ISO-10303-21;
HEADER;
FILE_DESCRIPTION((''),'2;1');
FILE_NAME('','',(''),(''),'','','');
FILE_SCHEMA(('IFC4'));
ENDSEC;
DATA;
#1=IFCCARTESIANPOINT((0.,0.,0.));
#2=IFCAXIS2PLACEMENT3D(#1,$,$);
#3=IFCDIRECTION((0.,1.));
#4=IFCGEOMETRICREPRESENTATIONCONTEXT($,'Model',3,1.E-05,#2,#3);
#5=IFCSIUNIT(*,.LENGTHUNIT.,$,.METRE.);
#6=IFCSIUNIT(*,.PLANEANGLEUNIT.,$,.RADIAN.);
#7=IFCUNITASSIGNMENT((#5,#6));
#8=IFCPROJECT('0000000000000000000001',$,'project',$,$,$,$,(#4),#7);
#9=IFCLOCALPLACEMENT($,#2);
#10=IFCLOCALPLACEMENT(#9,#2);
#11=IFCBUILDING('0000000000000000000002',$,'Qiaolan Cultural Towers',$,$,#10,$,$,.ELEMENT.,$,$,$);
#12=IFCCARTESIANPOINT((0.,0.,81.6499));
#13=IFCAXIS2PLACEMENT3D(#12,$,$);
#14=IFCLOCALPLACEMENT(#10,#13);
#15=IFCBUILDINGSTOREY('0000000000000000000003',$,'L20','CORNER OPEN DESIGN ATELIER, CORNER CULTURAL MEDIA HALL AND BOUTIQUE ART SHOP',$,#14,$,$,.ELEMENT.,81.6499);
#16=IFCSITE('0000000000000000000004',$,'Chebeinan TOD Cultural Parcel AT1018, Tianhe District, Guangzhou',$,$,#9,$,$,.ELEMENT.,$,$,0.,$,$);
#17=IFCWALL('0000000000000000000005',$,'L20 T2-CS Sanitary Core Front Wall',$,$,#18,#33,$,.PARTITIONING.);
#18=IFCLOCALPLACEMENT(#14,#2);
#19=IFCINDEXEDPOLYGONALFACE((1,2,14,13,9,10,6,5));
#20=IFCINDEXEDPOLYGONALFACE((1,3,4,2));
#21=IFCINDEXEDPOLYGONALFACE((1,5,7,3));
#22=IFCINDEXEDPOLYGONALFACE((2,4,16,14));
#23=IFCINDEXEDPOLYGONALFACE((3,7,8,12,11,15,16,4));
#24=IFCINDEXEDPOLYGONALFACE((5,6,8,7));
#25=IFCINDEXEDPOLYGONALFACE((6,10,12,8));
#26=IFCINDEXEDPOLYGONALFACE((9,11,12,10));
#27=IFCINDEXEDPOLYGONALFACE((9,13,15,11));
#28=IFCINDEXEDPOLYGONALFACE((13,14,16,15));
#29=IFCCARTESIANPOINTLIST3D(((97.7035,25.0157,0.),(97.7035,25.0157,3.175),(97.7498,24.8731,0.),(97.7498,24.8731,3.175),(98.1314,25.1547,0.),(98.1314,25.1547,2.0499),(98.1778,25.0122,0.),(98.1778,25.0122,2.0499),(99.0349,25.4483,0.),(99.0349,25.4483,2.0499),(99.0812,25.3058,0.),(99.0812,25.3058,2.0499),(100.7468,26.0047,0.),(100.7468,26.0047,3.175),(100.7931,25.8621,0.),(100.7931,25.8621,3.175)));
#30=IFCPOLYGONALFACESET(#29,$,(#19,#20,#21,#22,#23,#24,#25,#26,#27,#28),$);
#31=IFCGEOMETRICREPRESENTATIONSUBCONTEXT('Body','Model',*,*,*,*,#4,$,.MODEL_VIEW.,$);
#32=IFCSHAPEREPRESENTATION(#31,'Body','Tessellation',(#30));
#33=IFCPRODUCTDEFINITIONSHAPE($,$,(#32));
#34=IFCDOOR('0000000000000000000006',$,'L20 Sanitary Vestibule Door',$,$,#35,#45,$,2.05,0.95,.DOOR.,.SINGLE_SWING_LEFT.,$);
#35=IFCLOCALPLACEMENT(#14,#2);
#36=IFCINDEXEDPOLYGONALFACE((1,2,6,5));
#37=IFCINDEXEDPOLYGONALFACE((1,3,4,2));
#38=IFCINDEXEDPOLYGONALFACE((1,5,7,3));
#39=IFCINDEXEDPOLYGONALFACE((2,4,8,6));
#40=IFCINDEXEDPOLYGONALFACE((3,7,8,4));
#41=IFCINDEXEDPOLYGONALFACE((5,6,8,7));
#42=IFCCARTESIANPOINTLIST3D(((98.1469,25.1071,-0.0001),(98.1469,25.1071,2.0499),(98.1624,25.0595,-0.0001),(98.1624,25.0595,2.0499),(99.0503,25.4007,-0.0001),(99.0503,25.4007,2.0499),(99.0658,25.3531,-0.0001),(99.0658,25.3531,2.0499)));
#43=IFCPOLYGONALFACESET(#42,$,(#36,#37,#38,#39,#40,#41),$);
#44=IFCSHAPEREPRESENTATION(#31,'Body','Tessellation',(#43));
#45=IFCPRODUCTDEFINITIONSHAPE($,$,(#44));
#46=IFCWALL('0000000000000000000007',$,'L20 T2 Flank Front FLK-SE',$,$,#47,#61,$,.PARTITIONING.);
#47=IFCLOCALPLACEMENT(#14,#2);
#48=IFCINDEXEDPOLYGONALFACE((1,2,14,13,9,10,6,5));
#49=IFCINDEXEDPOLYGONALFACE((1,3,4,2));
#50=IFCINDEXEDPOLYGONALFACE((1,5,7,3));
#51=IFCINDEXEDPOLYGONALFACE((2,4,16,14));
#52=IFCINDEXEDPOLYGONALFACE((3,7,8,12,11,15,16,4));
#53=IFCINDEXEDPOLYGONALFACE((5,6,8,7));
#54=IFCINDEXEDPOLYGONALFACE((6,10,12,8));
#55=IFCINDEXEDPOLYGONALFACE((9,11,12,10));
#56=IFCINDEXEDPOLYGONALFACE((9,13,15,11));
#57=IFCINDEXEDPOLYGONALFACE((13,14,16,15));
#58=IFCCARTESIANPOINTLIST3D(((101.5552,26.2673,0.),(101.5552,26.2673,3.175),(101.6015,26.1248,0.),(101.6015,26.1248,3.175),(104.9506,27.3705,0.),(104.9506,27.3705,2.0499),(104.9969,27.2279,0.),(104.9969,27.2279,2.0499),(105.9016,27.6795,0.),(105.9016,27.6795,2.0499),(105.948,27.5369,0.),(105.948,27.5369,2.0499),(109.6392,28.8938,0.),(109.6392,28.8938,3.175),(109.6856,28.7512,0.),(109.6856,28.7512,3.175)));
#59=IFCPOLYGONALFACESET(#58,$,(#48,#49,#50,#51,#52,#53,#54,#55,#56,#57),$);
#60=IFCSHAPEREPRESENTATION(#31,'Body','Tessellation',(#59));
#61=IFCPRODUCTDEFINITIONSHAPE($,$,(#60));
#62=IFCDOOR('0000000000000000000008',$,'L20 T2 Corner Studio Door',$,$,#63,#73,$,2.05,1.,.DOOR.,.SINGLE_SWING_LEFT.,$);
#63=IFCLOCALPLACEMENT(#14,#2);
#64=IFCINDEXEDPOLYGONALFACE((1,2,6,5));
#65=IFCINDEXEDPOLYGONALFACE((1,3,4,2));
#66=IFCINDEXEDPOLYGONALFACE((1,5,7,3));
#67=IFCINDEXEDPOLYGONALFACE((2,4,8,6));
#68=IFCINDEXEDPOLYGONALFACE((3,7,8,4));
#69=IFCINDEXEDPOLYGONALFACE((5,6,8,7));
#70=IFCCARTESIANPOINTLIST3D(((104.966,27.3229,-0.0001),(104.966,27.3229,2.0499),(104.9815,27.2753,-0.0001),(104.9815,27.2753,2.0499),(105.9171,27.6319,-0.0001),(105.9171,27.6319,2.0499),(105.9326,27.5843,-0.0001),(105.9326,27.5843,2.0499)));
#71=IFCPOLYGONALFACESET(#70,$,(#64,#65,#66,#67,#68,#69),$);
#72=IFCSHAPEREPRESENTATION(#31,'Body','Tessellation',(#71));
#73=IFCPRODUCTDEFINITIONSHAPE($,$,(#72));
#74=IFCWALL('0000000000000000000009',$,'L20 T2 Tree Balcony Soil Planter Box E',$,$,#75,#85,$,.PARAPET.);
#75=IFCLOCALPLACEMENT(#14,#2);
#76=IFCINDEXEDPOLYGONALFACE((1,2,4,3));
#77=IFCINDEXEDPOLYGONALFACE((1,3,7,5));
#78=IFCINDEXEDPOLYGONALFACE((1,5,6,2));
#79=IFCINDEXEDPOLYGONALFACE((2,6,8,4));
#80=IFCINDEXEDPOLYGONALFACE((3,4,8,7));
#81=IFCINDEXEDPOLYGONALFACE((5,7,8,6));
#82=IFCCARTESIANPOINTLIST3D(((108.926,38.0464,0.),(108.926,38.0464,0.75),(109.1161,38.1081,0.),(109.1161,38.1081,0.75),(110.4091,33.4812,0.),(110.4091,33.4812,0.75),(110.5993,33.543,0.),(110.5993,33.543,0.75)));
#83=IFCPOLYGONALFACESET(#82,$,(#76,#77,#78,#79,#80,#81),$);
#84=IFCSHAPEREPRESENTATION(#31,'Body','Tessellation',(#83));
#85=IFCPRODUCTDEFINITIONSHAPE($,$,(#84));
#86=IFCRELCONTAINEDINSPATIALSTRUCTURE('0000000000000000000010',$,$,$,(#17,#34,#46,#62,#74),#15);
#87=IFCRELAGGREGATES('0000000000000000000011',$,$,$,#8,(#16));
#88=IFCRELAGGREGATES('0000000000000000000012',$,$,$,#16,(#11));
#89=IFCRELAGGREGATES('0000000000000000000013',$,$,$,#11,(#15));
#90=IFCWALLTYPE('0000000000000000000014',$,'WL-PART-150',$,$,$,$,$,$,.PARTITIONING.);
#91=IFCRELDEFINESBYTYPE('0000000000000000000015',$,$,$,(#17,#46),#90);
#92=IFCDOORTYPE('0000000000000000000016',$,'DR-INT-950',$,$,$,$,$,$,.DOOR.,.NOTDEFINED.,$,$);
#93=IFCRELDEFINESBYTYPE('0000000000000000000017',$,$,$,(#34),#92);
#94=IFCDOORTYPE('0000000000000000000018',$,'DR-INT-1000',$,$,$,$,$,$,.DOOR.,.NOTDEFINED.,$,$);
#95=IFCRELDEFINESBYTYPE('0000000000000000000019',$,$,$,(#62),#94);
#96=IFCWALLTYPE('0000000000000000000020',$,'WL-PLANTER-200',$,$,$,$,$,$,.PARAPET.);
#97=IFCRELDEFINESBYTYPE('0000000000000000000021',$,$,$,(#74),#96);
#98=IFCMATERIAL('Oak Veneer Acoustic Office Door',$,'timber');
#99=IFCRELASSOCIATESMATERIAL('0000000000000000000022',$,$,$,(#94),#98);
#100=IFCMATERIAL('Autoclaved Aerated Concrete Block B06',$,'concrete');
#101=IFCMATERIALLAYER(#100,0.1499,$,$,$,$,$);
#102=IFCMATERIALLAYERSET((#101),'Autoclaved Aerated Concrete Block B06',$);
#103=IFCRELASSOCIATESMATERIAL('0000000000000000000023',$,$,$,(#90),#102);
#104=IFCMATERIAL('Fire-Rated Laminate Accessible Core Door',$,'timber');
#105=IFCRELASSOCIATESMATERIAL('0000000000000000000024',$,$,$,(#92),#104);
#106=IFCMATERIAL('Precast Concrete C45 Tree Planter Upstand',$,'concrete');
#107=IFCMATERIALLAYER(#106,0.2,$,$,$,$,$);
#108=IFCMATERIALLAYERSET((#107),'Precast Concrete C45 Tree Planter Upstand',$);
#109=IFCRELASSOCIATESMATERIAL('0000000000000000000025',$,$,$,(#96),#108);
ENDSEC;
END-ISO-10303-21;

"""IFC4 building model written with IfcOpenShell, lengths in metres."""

from ifc_helpers import new_model, si_unit, direction, frame, frame_2d, origin, place, context, subcontext, project, spatial, rectangle, extrude, material, layer, layer_set, type_object, element, fill, save


model = new_model("IFC4")

# Units and contexts
model_context = context("Model", 3, precision=1e-05, world=origin(), true_north=direction((0.0, 1.0)))
body_context = subcontext(model_context, "Body", "Model", "MODEL_VIEW")
ifc_project = project(units=[si_unit("LENGTHUNIT", "METRE"), si_unit("PLANEANGLEUNIT", "RADIAN")], contexts=[model_context])

# Site, building, storey
site_placement = place(None, origin())
site = spatial("IfcSite", under=ifc_project, at=site_placement, Name="Chebeinan TOD Cultural Parcel AT1018, Tianhe District, Guangzhou", CompositionType="ELEMENT", RefElevation=0.0)
building_placement = place(site_placement, origin())
building = spatial("IfcBuilding", under=site, at=building_placement, Name="Qiaolan Cultural Towers", CompositionType="ELEMENT")
storey_placement = place(building_placement, frame((0.0, 0.0, 81.6499)))
storey = spatial("IfcBuildingStorey", under=building, at=storey_placement, Name="L20", Description="CORNER OPEN DESIGN ATELIER, CORNER CULTURAL MEDIA HALL AND BOUTIQUE ART SHOP", CompositionType="ELEMENT", Elevation=81.6499)

# Shared definitions
ifc_material_1 = material(Name="Oak Veneer Acoustic Office Door", Category="timber")
door_type_1 = type_object("IfcDoorType", Name="DR-INT-1000", OperationType="NOTDEFINED", PredefinedType="DOOR", material=ifc_material_1)

# Walls, openings, doors
ifc_material_2 = material(Name="Autoclaved Aerated Concrete Block B06", Category="concrete")
ifc_layer_1 = layer(ifc_material_2, 0.1499)
ifc_layer_set_1 = layer_set([ifc_layer_1], Name="Autoclaved Aerated Concrete Block B06")
wall_type_1 = type_object("IfcWallType", Name="WL-PART-150", PredefinedType="PARTITIONING", material=ifc_layer_set_1)
wall_1_placement = place(storey_placement, frame((97.7266, 24.9443, 0.0), z_axis=(0.0, 0.0, 1.0), x_axis=(0.951037, 0.309077, 0.0)))
wall_1 = element("IfcWall", 1, at=wall_1_placement, inside=storey, type_object=wall_type_1, Name="L20 T2-CS Sanitary Core Front Wall", PredefinedType="PARTITIONING", context=body_context, shape_type="SweptSolid", body=[
    extrude(rectangle(XDim=3.2, YDim=0.1499, at=frame_2d((1.6001, 0.0))), origin(), (0.0, 0.0, 1.0), 3.175),
])
opening_1_placement = place(wall_1_placement, frame((0.45, 0.0, 0.0)))
opening_1 = element("IfcOpeningElement", 2, at=opening_1_placement, cuts=wall_1, PredefinedType="OPENING", context=body_context, shape_type="SweptSolid", body=[
    extrude(rectangle(XDim=0.95, YDim=2.05, at=frame_2d((0.4751, 1.0249))), frame((0.0, 0.085, 0.0), z_axis=(0.0, -1.0, 0.0), x_axis=(1.0, 0.0, 0.0)), (0.0, 0.0, 1.0), 0.1699),
])
ifc_material_3 = material(Name="Fire-Rated Laminate Accessible Core Door", Category="timber")
door_type_2 = type_object("IfcDoorType", Name="DR-INT-950", OperationType="NOTDEFINED", PredefinedType="DOOR", material=ifc_material_3)
door_1_placement = place(opening_1_placement, origin())
door_1 = element("IfcDoor", 3, at=door_1_placement, inside=storey, type_object=door_type_2, Name="L20 Sanitary Vestibule Door", OperationType="SINGLE_SWING_LEFT", OverallHeight=2.05, OverallWidth=0.95, PredefinedType="DOOR", context=body_context, shape_type="SweptSolid", body=[
    extrude(rectangle(XDim=0.95, YDim=2.05, at=frame_2d((0.4751, 1.0249))), frame((0.0, 0.0249, 0.0), z_axis=(0.0, -1.0, 0.0), x_axis=(1.0, 0.0, 0.0)), (0.0, 0.0, 1.0), 0.05),
])
fill(opening_1, door_1)
wall_2_placement = place(storey_placement, frame((101.5784, 26.196, 0.0), z_axis=(0.0, 0.0, 1.0), x_axis=(0.951063, 0.308998, 0.0)))
wall_2 = element("IfcWall", 4, at=wall_2_placement, inside=storey, type_object=wall_type_1, Name="L20 T2 Flank Front FLK-SE", PredefinedType="PARTITIONING", context=body_context, shape_type="SweptSolid", body=[
    extrude(rectangle(XDim=8.5, YDim=0.1499, at=frame_2d((4.25, 0.0))), origin(), (0.0, 0.0, 1.0), 3.175),
])
opening_2_placement = place(wall_2_placement, frame((3.5701, 0.0, 0.0)))
opening_2 = element("IfcOpeningElement", 5, at=opening_2_placement, cuts=wall_2, PredefinedType="OPENING", context=body_context, shape_type="SweptSolid", body=[
    extrude(rectangle(XDim=1.0, YDim=2.05, at=frame_2d((0.5, 1.0249))), frame((0.0, 0.085, 0.0), z_axis=(0.0, -1.0, 0.0), x_axis=(1.0, 0.0, 0.0)), (0.0, 0.0, 1.0), 0.1699),
])
door_2_placement = place(opening_2_placement, origin())
door_2 = element("IfcDoor", 6, at=door_2_placement, inside=storey, type_object=door_type_1, Name="L20 T2 Corner Studio Door", OperationType="SINGLE_SWING_LEFT", OverallHeight=2.05, OverallWidth=1.0, PredefinedType="DOOR", context=body_context, shape_type="SweptSolid", body=[
    extrude(rectangle(XDim=1.0, YDim=2.05, at=frame_2d((0.5, 1.0249))), frame((0.0, 0.0249, 0.0), z_axis=(0.0, -1.0, 0.0), x_axis=(1.0, 0.0, 0.0)), (0.0, 0.0, 1.0), 0.05),
])
fill(opening_2, door_2)

# Wall
ifc_material_4 = material(Name="Precast Concrete C45 Tree Planter Upstand", Category="concrete")
ifc_layer_2 = layer(ifc_material_4, 0.2)
ifc_layer_set_2 = layer_set([ifc_layer_2], Name="Precast Concrete C45 Tree Planter Upstand")
wall_type_2 = type_object("IfcWallType", Name="WL-PLANTER-200", PredefinedType="PARAPET", material=ifc_layer_set_2)
wall_3_placement = place(storey_placement, frame((110.5042, 33.5122, 0.0), z_axis=(0.0, 0.0, 1.0), x_axis=(-0.308986, 0.951067, 0.0)))
element("IfcWall", 7, at=wall_3_placement, inside=storey, type_object=wall_type_2, Name="L20 T2 Tree Balcony Soil Planter Box E", PredefinedType="PARAPET", context=body_context, shape_type="SweptSolid", body=[
    extrude(rectangle(XDim=4.8, YDim=0.2, at=frame_2d((2.3999, 0.0))), origin(), (0.0, 0.0, 1.0), 0.75),
])

save(model, "model.ifc")
